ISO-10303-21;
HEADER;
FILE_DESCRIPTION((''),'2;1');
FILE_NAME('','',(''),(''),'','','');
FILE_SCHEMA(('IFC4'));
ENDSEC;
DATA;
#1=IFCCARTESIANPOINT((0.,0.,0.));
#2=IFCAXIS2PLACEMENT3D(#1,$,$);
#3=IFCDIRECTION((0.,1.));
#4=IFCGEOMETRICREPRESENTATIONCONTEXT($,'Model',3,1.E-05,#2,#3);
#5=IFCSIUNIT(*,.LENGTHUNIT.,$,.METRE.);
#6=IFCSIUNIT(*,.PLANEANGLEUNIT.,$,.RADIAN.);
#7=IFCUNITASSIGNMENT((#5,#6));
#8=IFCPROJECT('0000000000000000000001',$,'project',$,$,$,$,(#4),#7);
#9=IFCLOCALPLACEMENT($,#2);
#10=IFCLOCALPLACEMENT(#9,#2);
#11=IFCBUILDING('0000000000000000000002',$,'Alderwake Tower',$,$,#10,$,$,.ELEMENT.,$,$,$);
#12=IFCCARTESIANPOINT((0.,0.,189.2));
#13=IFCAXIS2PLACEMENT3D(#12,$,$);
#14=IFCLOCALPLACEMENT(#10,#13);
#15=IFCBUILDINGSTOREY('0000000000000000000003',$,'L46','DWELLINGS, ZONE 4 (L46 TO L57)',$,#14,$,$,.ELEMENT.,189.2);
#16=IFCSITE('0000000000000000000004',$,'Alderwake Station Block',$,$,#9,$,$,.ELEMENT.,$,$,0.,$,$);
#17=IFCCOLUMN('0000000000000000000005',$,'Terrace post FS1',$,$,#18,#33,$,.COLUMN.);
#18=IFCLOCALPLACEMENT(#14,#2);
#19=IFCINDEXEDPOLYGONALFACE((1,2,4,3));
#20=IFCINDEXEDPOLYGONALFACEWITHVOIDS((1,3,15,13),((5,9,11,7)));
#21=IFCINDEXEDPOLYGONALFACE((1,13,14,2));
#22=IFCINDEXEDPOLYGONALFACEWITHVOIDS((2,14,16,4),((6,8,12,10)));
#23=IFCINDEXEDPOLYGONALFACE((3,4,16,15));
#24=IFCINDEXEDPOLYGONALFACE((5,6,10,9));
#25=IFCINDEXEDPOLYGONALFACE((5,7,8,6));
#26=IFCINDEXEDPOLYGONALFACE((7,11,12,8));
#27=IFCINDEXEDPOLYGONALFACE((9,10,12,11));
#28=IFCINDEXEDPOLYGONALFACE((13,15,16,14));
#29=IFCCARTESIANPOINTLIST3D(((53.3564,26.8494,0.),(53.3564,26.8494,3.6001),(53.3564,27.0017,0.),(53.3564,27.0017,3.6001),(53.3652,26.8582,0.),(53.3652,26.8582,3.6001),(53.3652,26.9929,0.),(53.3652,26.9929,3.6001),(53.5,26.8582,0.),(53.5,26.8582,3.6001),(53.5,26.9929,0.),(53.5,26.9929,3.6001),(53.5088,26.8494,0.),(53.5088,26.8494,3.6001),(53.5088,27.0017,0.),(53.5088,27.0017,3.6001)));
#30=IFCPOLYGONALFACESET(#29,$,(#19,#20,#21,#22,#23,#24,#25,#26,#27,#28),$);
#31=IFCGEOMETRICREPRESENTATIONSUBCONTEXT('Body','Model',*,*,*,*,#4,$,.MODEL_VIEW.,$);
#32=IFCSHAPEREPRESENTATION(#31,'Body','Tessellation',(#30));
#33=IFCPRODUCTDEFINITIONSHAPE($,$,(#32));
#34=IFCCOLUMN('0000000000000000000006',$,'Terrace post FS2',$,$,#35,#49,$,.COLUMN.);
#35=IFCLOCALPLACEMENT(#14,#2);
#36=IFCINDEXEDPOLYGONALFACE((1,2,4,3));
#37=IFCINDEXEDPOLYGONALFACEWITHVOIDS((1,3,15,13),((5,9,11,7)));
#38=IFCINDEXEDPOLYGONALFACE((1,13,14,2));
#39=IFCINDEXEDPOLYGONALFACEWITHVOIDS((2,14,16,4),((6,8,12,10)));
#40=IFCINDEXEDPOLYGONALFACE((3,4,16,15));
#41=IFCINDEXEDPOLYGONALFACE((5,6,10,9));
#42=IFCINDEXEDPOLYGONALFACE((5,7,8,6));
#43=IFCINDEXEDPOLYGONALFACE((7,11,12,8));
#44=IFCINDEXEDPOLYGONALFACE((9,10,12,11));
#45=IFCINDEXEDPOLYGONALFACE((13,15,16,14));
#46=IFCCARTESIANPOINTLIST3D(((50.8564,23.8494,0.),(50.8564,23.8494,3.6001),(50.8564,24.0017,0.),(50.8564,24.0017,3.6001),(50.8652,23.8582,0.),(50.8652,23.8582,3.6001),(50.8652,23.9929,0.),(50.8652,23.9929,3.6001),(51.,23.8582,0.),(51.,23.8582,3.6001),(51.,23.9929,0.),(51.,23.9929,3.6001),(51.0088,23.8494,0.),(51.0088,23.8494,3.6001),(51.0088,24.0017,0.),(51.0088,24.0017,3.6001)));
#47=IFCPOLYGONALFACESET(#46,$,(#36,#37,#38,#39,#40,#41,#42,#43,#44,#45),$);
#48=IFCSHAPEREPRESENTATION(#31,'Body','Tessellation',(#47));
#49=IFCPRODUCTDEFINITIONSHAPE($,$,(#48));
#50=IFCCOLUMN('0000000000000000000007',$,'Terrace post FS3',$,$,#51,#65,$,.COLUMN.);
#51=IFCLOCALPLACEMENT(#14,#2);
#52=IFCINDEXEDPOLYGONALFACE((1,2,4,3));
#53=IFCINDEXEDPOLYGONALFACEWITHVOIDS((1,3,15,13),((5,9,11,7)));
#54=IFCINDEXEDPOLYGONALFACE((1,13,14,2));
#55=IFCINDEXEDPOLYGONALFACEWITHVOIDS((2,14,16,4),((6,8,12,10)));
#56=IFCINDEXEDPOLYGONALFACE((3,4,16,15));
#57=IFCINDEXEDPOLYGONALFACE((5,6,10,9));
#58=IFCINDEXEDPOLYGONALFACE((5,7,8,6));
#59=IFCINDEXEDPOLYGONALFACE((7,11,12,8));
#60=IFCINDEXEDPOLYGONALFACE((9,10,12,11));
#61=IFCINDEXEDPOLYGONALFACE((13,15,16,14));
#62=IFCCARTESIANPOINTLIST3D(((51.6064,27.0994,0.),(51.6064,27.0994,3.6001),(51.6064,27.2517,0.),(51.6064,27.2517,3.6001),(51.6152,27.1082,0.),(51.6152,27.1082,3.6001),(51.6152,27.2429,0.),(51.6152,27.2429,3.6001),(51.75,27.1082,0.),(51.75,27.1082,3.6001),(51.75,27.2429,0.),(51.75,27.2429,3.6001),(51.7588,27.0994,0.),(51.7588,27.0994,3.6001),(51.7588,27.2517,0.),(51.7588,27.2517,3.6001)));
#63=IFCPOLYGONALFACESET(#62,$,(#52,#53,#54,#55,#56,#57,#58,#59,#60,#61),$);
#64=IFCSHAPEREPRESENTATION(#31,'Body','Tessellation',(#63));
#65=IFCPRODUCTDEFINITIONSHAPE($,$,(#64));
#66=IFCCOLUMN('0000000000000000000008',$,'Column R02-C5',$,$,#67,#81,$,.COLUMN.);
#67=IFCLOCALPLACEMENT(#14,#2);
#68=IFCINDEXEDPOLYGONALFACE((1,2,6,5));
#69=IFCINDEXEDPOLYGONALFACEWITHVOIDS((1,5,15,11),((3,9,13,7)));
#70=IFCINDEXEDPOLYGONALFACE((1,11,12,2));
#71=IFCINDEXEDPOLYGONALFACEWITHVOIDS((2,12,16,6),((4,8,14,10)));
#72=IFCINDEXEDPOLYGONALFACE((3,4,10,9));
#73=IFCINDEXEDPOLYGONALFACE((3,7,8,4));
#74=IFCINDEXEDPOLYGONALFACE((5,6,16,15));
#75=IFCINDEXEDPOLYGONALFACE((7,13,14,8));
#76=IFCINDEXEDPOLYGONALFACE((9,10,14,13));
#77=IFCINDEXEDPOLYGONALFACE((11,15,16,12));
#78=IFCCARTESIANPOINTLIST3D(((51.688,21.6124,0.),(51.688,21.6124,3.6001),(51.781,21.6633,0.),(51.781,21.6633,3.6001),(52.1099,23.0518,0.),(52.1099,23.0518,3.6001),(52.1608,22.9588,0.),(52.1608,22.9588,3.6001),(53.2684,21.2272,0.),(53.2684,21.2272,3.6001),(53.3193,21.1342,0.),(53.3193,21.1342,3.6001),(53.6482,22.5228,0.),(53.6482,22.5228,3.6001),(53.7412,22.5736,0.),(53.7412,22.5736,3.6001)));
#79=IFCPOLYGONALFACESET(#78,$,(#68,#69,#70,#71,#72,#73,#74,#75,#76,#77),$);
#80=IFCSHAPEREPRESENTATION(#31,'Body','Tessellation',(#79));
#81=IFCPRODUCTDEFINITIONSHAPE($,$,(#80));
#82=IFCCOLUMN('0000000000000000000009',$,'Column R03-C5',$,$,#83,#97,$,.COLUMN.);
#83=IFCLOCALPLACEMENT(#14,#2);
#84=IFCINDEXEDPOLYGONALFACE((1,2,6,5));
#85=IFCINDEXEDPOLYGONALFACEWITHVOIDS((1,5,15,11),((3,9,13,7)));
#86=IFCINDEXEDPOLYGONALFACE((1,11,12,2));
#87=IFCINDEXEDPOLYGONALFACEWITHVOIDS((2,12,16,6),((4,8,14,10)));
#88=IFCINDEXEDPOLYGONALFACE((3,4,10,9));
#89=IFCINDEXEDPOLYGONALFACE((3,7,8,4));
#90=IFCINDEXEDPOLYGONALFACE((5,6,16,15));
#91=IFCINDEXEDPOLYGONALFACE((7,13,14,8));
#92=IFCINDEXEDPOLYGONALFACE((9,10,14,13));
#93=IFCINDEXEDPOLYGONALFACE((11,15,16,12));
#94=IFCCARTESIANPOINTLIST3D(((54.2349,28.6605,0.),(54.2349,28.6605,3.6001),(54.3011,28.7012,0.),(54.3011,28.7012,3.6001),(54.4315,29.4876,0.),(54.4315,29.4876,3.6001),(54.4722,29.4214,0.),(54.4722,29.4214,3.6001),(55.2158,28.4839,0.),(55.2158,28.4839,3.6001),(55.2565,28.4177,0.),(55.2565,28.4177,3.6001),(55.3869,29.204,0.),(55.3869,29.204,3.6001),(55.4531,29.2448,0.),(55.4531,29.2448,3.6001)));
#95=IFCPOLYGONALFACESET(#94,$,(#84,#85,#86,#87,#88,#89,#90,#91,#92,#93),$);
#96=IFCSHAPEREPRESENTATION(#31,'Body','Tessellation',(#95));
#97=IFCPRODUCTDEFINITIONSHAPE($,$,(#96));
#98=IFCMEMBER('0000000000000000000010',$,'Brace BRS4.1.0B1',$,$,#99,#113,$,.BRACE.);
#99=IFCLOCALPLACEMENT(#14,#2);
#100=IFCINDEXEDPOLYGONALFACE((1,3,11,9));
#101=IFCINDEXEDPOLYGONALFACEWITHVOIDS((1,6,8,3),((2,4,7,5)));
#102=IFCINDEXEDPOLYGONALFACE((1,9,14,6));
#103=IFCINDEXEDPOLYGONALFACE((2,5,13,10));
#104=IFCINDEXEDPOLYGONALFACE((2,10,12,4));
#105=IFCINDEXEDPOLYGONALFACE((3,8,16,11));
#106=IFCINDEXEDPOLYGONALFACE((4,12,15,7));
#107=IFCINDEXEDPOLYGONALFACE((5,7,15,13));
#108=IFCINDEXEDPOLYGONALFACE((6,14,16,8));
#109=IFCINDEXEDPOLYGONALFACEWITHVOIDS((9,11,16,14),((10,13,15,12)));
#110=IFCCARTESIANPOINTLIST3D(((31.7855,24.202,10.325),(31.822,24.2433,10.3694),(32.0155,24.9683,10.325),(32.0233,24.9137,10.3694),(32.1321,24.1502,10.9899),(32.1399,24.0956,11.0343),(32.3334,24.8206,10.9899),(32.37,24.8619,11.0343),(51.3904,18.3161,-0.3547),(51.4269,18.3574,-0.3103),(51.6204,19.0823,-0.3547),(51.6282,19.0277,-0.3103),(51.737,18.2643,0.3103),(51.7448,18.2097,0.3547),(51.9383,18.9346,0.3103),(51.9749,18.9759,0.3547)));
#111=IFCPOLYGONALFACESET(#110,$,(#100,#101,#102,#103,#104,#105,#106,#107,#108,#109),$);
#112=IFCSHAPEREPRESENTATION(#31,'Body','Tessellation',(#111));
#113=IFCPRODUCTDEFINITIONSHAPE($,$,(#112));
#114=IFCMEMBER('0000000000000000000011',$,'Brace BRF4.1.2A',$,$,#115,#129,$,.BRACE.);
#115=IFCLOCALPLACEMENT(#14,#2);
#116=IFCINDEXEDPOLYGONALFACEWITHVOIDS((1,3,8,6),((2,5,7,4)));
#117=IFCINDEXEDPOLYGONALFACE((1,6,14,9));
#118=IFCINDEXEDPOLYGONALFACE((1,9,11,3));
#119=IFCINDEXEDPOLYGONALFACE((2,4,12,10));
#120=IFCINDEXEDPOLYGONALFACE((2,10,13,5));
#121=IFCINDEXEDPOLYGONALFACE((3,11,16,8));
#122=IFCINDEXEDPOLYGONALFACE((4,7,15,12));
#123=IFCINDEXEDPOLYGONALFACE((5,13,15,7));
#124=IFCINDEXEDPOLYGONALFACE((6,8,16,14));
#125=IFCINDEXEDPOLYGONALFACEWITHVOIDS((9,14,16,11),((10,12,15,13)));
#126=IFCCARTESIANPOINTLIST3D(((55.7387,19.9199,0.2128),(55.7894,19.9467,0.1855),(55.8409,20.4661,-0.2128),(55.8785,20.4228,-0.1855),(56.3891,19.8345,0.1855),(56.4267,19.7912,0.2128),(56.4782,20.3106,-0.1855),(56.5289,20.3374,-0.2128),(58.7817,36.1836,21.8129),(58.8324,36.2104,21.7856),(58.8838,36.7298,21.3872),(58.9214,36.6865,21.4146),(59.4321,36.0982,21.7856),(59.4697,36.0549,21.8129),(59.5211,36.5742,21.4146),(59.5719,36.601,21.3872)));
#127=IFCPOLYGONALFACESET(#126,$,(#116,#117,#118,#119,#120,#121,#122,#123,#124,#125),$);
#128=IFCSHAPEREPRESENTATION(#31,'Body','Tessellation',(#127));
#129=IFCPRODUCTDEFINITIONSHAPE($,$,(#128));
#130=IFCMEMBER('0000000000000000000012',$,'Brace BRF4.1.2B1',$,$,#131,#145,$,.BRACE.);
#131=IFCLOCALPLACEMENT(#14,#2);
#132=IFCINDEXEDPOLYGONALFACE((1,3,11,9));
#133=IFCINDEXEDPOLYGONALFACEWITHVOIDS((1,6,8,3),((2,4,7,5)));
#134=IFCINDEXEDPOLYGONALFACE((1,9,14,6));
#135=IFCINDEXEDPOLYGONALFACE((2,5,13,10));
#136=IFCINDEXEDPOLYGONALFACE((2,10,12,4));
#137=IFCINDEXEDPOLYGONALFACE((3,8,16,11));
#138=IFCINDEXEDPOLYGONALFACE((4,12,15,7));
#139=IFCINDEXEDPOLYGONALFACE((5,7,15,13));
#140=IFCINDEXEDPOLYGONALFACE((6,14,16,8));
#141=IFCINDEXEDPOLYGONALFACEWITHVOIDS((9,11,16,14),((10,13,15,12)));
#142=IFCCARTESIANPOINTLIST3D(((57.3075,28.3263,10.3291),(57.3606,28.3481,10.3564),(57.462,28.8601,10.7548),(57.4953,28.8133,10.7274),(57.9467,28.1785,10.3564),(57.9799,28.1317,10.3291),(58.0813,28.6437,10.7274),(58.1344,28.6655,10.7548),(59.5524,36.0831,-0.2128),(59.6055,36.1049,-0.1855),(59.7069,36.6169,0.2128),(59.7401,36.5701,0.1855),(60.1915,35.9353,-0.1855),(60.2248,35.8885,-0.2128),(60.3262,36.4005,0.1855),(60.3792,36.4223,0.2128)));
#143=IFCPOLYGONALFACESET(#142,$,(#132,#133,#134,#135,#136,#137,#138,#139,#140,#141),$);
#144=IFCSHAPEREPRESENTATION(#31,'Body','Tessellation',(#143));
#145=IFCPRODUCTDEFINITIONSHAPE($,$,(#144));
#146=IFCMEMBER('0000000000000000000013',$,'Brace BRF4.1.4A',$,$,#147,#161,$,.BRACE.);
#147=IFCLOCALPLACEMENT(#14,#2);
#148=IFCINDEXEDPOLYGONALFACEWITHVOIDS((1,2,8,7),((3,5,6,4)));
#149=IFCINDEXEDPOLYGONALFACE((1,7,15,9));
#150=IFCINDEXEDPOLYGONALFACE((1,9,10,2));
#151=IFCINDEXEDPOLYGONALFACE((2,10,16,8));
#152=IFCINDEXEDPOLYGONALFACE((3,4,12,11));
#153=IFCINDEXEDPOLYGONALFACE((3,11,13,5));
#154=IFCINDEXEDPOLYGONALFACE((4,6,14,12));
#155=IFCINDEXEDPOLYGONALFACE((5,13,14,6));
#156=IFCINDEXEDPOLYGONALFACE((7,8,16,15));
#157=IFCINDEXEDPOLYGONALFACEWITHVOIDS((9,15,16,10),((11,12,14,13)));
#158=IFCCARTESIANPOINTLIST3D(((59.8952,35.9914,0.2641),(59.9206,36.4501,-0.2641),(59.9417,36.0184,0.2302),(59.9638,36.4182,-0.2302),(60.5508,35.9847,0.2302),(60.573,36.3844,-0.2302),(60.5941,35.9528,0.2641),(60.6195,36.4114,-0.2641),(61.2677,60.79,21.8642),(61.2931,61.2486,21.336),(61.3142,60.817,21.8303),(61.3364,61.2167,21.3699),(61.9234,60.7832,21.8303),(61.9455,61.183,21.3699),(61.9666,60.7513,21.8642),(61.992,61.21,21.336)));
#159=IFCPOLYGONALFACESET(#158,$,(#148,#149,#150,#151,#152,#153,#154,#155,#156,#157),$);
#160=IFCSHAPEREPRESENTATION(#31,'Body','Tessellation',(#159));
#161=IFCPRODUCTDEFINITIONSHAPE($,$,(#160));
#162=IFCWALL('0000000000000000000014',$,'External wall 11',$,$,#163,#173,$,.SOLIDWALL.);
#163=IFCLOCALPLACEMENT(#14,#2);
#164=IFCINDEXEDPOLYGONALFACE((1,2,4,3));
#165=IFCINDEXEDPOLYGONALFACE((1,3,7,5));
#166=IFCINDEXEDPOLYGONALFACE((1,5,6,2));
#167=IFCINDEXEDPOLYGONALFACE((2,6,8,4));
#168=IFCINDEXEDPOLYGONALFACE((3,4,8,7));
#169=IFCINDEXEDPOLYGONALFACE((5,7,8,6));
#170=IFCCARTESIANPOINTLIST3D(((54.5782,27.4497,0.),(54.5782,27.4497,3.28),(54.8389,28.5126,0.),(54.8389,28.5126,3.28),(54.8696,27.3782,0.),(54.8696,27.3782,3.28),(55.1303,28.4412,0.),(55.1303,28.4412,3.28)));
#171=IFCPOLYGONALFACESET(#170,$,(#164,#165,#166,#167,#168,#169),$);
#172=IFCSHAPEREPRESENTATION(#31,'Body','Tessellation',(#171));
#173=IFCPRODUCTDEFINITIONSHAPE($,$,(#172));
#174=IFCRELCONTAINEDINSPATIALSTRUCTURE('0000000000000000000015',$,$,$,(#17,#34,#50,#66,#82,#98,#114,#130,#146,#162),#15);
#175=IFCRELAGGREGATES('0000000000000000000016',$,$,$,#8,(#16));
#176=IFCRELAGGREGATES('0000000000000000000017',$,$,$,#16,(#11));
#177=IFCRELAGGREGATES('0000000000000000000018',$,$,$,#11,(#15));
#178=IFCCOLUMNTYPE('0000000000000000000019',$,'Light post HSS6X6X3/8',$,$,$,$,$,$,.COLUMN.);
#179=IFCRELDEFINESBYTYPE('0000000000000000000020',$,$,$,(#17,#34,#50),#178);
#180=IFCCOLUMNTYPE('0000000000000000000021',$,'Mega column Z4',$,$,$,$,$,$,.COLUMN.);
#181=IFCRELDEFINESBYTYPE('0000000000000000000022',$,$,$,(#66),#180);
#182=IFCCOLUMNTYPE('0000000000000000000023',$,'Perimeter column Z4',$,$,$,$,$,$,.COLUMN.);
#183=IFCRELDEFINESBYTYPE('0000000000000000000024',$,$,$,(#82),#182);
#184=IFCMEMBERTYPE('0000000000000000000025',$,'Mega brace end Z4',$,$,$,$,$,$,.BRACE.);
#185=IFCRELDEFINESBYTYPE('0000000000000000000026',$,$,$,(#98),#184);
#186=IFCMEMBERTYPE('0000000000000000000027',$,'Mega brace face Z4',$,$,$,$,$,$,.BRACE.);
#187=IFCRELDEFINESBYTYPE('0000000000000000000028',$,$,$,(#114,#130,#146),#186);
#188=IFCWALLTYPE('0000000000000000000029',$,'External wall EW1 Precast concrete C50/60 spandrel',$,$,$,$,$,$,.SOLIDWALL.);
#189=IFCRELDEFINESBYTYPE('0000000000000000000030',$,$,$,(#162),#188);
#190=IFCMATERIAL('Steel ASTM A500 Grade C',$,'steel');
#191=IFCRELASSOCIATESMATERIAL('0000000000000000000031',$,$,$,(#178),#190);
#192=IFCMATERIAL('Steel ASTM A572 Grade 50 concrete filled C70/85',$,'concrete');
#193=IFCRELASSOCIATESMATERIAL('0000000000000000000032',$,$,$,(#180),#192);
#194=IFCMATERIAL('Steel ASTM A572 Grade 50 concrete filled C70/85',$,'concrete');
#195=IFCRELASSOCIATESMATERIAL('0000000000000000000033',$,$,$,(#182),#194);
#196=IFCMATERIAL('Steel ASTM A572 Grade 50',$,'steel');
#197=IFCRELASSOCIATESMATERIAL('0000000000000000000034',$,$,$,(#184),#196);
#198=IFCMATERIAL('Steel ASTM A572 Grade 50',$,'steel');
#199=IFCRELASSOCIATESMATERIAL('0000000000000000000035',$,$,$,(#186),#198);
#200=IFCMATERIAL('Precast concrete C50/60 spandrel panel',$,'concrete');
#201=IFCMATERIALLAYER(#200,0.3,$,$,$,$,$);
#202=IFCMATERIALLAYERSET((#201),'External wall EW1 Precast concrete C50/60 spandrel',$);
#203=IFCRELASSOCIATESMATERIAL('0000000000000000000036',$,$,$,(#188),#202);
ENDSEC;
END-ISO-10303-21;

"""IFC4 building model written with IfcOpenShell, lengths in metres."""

from ifc_helpers import new_model, si_unit, direction, frame, frame_2d, origin, origin_2d, place, context, subcontext, project, spatial, rectangle, hollow_rectangle, extrude, material, layer, layer_set, material_profile, profile_set, type_object, element, save


model = new_model("IFC4")

# Units and contexts
model_context = context("Model", 3, precision=1e-05, world=origin(), true_north=direction((0.0, 1.0)))
body_context = subcontext(model_context, "Body", "Model", "MODEL_VIEW")
ifc_project = project(units=[si_unit("LENGTHUNIT", "METRE"), si_unit("PLANEANGLEUNIT", "RADIAN")], contexts=[model_context])

# Site, building, storey
site_placement = place(None, origin())
site = spatial("IfcSite", under=ifc_project, at=site_placement, Name="Alderwake Station Block", CompositionType="ELEMENT", RefElevation=0.0)
building_placement = place(site_placement, origin())
building = spatial("IfcBuilding", under=site, at=building_placement, Name="Alderwake Tower", CompositionType="ELEMENT")
storey_placement = place(building_placement, frame((0.0, 0.0, 189.2)))
storey = spatial("IfcBuildingStorey", under=building, at=storey_placement, Name="L46", Description="DWELLINGS, ZONE 4 (L46 TO L57)", CompositionType="ELEMENT", Elevation=189.2)

# Columns
ifc_material_1 = material(Name="Steel ASTM A500 Grade C", Category="steel")
ifc_material_profile_1 = material_profile(ifc_material_1, hollow_rectangle(XDim=0.1523, YDim=0.1523, WallThickness=0.0088, at=origin_2d()), Name="HSS6X6X3/8")
ifc_profile_set_1 = profile_set([ifc_material_profile_1], Name="Steel ASTM A500 Grade C")
column_type_1 = type_object("IfcColumnType", Name="Light post HSS6X6X3/8", PredefinedType="COLUMN", material=ifc_profile_set_1)
for number, where, z_axis, x_axis, name in (
    (1, (53.4326, 26.9255, 0.0), (0.0, 0.0, 1.0), (1.0, 0.0, 0.0), "Terrace post FS1"),
    (2, (50.9326, 23.9255, 0.0), (0.0, 0.0, 1.0), (1.0, 0.0, 0.0), "Terrace post FS2"),
    (3, (51.6826, 27.1755, 0.0), (0.0, 0.0, 1.0), (1.0, 0.0, 0.0), "Terrace post FS3"),
):
    element("IfcColumn", number, at=place(storey_placement, frame(where, z_axis=z_axis, x_axis=x_axis)), inside=storey, type_object=column_type_1, Name=name, PredefinedType="COLUMN", context=body_context, shape_type="SweptSolid", body=[
        extrude(hollow_rectangle(XDim=0.1523, YDim=0.1523, WallThickness=0.0088, at=origin_2d()), origin(), (0.0, 0.0, 1.0), 3.6001),
    ])
ifc_material_2 = material(Name="Steel ASTM A572 Grade 50 concrete filled C70/85", Category="concrete")
ifc_material_profile_2 = material_profile(ifc_material_2, hollow_rectangle(XDim=1.5, YDim=1.7, WallThickness=0.075, at=origin_2d()), Name="BOX 1700X1500X75")
ifc_profile_set_2 = profile_set([ifc_material_profile_2], Name="Steel ASTM A572 Grade 50 concrete filled C70/85")
column_type_2 = type_object("IfcColumnType", Name="Mega column Z4", PredefinedType="COLUMN", material=ifc_profile_set_2)
column_1_placement = place(storey_placement, frame((52.7146, 22.093, 0.0), z_axis=(0.0, 0.0, 1.0), x_axis=(0.281323, 0.959613, 0.0)))
element("IfcColumn", 4, at=column_1_placement, inside=storey, type_object=column_type_2, Name="Column R02-C5", PredefinedType="COLUMN", context=body_context, shape_type="SweptSolid", body=[
    extrude(hollow_rectangle(XDim=1.5, YDim=1.7, WallThickness=0.075, at=origin_2d()), origin(), (0.0, 0.0, 1.0), 3.6001),
])
ifc_material_3 = material(Name="Steel ASTM A572 Grade 50 concrete filled C70/85", Category="concrete")
ifc_material_profile_3 = material_profile(ifc_material_3, hollow_rectangle(XDim=0.8501, YDim=1.05, WallThickness=0.0549, at=origin_2d()), Name="BOX 1050X850X55")
ifc_profile_set_3 = profile_set([ifc_material_profile_3], Name="Steel ASTM A572 Grade 50 concrete filled C70/85")
column_type_3 = type_object("IfcColumnType", Name="Perimeter column Z4", PredefinedType="COLUMN", material=ifc_profile_set_3)
column_2_placement = place(storey_placement, frame((54.844, 28.9526, 0.0), z_axis=(0.0, 0.0, 1.0), x_axis=(0.231222, 0.972901, 0.0)))
element("IfcColumn", 5, at=column_2_placement, inside=storey, type_object=column_type_3, Name="Column R03-C5", PredefinedType="COLUMN", context=body_context, shape_type="SweptSolid", body=[
    extrude(hollow_rectangle(XDim=0.8501, YDim=1.05, WallThickness=0.0549, at=origin_2d()), origin(), (0.0, 0.0, 1.0), 3.6001),
])

# Members
ifc_material_4 = material(Name="Steel ASTM A572 Grade 50", Category="steel")
ifc_material_profile_4 = material_profile(ifc_material_4, hollow_rectangle(XDim=0.8, YDim=0.8, WallThickness=0.05, at=origin_2d()), Name="BOX 800X800X50")
ifc_profile_set_4 = profile_set([ifc_material_profile_4], Name="Steel ASTM A572 Grade 50")
member_type_1 = type_object("IfcMemberType", Name="Mega brace end Z4", PredefinedType="BRACE", material=ifc_profile_set_4)
member_1_placement = place(storey_placement, frame((51.6826, 18.646, 0.0), z_axis=(-0.849142, 0.254937, 0.462564), x_axis=(-0.287549, -0.957766, 0.0)))
element("IfcMember", 6, at=member_1_placement, inside=storey, type_object=member_type_1, Name="Brace BRS4.1.0B1", PredefinedType="BRACE", context=body_context, shape_type="SweptSolid", body=[
    extrude(hollow_rectangle(XDim=0.8, YDim=0.8, WallThickness=0.05, at=origin_2d()), origin(), (0.0, 0.0, 1.0), 23.0879),
])
ifc_material_5 = material(Name="Steel ASTM A572 Grade 50", Category="steel")
ifc_material_profile_5 = material_profile(ifc_material_5, hollow_rectangle(XDim=0.7, YDim=0.7, WallThickness=0.0449, at=origin_2d()), Name="BOX 700X700X45")
ifc_profile_set_5 = profile_set([ifc_material_profile_5], Name="Steel ASTM A572 Grade 50")
member_type_2 = type_object("IfcMemberType", Name="Mega brace face Z4", PredefinedType="BRACE", material=ifc_profile_set_5)
member_2_placement = place(storey_placement, frame((56.1338, 20.1287, 0.0), z_axis=(0.111837, 0.597731, 0.793858), x_axis=(-0.982943, 0.183911, 0.0)))
element("IfcMember", 7, at=member_2_placement, inside=storey, type_object=member_type_2, Name="Brace BRF4.1.2A", PredefinedType="BRACE", context=body_context, shape_type="SweptSolid", body=[
    extrude(hollow_rectangle(XDim=0.7, YDim=0.7, WallThickness=0.0449, at=origin_2d()), origin(), (0.0, 0.0, 1.0), 27.209),
])
member_3_placement = place(storey_placement, frame((59.9658, 36.2527, 0.0), z_axis=(-0.16905, -0.584127, 0.793863), x_axis=(0.960582, -0.277998, 0.0)))
element("IfcMember", 8, at=member_3_placement, inside=storey, type_object=member_type_2, Name="Brace BRF4.1.2B1", PredefinedType="BRACE", context=body_context, shape_type="SweptSolid", body=[
    extrude(hollow_rectangle(XDim=0.7, YDim=0.7, WallThickness=0.0449, at=origin_2d()), origin(), (0.0, 0.0, 1.0), 13.2793),
])
member_4_placement = place(storey_placement, frame((60.2573, 36.2014, 0.0), z_axis=(0.0417, 0.753406, 0.656232), x_axis=(-0.998472, 0.055264, 0.0)))
element("IfcMember", 9, at=member_4_placement, inside=storey, type_object=member_type_2, Name="Brace BRF4.1.4A", PredefinedType="BRACE", context=body_context, shape_type="SweptSolid", body=[
    extrude(hollow_rectangle(XDim=0.7, YDim=0.7, WallThickness=0.0449, at=origin_2d()), origin(), (0.0, 0.0, 1.0), 32.9153),
])

# Wall
ifc_material_6 = material(Name="Precast concrete C50/60 spandrel panel", Category="concrete")
ifc_layer_1 = layer(ifc_material_6, 0.3)
ifc_layer_set_1 = layer_set([ifc_layer_1], Name="External wall EW1 Precast concrete C50/60 spandrel")
wall_type_1 = type_object("IfcWallType", Name="External wall EW1 Precast concrete C50/60 spandrel", PredefinedType="SOLIDWALL", material=ifc_layer_set_1)
wall_1_placement = place(storey_placement, frame((54.7239, 27.4138, 0.0), z_axis=(0.0, 0.0, 1.0), x_axis=(0.238229, 0.971209, 0.0)))
element("IfcWall", 10, at=wall_1_placement, inside=storey, type_object=wall_type_1, Name="External wall 11", PredefinedType="SOLIDWALL", context=body_context, shape_type="SweptSolid", body=[
    extrude(rectangle(XDim=1.0945, YDim=0.3, at=frame_2d((0.5474, 0.0))), origin(), (0.0, 0.0, 1.0), 3.28),
])

save(model, "model.ifc")
